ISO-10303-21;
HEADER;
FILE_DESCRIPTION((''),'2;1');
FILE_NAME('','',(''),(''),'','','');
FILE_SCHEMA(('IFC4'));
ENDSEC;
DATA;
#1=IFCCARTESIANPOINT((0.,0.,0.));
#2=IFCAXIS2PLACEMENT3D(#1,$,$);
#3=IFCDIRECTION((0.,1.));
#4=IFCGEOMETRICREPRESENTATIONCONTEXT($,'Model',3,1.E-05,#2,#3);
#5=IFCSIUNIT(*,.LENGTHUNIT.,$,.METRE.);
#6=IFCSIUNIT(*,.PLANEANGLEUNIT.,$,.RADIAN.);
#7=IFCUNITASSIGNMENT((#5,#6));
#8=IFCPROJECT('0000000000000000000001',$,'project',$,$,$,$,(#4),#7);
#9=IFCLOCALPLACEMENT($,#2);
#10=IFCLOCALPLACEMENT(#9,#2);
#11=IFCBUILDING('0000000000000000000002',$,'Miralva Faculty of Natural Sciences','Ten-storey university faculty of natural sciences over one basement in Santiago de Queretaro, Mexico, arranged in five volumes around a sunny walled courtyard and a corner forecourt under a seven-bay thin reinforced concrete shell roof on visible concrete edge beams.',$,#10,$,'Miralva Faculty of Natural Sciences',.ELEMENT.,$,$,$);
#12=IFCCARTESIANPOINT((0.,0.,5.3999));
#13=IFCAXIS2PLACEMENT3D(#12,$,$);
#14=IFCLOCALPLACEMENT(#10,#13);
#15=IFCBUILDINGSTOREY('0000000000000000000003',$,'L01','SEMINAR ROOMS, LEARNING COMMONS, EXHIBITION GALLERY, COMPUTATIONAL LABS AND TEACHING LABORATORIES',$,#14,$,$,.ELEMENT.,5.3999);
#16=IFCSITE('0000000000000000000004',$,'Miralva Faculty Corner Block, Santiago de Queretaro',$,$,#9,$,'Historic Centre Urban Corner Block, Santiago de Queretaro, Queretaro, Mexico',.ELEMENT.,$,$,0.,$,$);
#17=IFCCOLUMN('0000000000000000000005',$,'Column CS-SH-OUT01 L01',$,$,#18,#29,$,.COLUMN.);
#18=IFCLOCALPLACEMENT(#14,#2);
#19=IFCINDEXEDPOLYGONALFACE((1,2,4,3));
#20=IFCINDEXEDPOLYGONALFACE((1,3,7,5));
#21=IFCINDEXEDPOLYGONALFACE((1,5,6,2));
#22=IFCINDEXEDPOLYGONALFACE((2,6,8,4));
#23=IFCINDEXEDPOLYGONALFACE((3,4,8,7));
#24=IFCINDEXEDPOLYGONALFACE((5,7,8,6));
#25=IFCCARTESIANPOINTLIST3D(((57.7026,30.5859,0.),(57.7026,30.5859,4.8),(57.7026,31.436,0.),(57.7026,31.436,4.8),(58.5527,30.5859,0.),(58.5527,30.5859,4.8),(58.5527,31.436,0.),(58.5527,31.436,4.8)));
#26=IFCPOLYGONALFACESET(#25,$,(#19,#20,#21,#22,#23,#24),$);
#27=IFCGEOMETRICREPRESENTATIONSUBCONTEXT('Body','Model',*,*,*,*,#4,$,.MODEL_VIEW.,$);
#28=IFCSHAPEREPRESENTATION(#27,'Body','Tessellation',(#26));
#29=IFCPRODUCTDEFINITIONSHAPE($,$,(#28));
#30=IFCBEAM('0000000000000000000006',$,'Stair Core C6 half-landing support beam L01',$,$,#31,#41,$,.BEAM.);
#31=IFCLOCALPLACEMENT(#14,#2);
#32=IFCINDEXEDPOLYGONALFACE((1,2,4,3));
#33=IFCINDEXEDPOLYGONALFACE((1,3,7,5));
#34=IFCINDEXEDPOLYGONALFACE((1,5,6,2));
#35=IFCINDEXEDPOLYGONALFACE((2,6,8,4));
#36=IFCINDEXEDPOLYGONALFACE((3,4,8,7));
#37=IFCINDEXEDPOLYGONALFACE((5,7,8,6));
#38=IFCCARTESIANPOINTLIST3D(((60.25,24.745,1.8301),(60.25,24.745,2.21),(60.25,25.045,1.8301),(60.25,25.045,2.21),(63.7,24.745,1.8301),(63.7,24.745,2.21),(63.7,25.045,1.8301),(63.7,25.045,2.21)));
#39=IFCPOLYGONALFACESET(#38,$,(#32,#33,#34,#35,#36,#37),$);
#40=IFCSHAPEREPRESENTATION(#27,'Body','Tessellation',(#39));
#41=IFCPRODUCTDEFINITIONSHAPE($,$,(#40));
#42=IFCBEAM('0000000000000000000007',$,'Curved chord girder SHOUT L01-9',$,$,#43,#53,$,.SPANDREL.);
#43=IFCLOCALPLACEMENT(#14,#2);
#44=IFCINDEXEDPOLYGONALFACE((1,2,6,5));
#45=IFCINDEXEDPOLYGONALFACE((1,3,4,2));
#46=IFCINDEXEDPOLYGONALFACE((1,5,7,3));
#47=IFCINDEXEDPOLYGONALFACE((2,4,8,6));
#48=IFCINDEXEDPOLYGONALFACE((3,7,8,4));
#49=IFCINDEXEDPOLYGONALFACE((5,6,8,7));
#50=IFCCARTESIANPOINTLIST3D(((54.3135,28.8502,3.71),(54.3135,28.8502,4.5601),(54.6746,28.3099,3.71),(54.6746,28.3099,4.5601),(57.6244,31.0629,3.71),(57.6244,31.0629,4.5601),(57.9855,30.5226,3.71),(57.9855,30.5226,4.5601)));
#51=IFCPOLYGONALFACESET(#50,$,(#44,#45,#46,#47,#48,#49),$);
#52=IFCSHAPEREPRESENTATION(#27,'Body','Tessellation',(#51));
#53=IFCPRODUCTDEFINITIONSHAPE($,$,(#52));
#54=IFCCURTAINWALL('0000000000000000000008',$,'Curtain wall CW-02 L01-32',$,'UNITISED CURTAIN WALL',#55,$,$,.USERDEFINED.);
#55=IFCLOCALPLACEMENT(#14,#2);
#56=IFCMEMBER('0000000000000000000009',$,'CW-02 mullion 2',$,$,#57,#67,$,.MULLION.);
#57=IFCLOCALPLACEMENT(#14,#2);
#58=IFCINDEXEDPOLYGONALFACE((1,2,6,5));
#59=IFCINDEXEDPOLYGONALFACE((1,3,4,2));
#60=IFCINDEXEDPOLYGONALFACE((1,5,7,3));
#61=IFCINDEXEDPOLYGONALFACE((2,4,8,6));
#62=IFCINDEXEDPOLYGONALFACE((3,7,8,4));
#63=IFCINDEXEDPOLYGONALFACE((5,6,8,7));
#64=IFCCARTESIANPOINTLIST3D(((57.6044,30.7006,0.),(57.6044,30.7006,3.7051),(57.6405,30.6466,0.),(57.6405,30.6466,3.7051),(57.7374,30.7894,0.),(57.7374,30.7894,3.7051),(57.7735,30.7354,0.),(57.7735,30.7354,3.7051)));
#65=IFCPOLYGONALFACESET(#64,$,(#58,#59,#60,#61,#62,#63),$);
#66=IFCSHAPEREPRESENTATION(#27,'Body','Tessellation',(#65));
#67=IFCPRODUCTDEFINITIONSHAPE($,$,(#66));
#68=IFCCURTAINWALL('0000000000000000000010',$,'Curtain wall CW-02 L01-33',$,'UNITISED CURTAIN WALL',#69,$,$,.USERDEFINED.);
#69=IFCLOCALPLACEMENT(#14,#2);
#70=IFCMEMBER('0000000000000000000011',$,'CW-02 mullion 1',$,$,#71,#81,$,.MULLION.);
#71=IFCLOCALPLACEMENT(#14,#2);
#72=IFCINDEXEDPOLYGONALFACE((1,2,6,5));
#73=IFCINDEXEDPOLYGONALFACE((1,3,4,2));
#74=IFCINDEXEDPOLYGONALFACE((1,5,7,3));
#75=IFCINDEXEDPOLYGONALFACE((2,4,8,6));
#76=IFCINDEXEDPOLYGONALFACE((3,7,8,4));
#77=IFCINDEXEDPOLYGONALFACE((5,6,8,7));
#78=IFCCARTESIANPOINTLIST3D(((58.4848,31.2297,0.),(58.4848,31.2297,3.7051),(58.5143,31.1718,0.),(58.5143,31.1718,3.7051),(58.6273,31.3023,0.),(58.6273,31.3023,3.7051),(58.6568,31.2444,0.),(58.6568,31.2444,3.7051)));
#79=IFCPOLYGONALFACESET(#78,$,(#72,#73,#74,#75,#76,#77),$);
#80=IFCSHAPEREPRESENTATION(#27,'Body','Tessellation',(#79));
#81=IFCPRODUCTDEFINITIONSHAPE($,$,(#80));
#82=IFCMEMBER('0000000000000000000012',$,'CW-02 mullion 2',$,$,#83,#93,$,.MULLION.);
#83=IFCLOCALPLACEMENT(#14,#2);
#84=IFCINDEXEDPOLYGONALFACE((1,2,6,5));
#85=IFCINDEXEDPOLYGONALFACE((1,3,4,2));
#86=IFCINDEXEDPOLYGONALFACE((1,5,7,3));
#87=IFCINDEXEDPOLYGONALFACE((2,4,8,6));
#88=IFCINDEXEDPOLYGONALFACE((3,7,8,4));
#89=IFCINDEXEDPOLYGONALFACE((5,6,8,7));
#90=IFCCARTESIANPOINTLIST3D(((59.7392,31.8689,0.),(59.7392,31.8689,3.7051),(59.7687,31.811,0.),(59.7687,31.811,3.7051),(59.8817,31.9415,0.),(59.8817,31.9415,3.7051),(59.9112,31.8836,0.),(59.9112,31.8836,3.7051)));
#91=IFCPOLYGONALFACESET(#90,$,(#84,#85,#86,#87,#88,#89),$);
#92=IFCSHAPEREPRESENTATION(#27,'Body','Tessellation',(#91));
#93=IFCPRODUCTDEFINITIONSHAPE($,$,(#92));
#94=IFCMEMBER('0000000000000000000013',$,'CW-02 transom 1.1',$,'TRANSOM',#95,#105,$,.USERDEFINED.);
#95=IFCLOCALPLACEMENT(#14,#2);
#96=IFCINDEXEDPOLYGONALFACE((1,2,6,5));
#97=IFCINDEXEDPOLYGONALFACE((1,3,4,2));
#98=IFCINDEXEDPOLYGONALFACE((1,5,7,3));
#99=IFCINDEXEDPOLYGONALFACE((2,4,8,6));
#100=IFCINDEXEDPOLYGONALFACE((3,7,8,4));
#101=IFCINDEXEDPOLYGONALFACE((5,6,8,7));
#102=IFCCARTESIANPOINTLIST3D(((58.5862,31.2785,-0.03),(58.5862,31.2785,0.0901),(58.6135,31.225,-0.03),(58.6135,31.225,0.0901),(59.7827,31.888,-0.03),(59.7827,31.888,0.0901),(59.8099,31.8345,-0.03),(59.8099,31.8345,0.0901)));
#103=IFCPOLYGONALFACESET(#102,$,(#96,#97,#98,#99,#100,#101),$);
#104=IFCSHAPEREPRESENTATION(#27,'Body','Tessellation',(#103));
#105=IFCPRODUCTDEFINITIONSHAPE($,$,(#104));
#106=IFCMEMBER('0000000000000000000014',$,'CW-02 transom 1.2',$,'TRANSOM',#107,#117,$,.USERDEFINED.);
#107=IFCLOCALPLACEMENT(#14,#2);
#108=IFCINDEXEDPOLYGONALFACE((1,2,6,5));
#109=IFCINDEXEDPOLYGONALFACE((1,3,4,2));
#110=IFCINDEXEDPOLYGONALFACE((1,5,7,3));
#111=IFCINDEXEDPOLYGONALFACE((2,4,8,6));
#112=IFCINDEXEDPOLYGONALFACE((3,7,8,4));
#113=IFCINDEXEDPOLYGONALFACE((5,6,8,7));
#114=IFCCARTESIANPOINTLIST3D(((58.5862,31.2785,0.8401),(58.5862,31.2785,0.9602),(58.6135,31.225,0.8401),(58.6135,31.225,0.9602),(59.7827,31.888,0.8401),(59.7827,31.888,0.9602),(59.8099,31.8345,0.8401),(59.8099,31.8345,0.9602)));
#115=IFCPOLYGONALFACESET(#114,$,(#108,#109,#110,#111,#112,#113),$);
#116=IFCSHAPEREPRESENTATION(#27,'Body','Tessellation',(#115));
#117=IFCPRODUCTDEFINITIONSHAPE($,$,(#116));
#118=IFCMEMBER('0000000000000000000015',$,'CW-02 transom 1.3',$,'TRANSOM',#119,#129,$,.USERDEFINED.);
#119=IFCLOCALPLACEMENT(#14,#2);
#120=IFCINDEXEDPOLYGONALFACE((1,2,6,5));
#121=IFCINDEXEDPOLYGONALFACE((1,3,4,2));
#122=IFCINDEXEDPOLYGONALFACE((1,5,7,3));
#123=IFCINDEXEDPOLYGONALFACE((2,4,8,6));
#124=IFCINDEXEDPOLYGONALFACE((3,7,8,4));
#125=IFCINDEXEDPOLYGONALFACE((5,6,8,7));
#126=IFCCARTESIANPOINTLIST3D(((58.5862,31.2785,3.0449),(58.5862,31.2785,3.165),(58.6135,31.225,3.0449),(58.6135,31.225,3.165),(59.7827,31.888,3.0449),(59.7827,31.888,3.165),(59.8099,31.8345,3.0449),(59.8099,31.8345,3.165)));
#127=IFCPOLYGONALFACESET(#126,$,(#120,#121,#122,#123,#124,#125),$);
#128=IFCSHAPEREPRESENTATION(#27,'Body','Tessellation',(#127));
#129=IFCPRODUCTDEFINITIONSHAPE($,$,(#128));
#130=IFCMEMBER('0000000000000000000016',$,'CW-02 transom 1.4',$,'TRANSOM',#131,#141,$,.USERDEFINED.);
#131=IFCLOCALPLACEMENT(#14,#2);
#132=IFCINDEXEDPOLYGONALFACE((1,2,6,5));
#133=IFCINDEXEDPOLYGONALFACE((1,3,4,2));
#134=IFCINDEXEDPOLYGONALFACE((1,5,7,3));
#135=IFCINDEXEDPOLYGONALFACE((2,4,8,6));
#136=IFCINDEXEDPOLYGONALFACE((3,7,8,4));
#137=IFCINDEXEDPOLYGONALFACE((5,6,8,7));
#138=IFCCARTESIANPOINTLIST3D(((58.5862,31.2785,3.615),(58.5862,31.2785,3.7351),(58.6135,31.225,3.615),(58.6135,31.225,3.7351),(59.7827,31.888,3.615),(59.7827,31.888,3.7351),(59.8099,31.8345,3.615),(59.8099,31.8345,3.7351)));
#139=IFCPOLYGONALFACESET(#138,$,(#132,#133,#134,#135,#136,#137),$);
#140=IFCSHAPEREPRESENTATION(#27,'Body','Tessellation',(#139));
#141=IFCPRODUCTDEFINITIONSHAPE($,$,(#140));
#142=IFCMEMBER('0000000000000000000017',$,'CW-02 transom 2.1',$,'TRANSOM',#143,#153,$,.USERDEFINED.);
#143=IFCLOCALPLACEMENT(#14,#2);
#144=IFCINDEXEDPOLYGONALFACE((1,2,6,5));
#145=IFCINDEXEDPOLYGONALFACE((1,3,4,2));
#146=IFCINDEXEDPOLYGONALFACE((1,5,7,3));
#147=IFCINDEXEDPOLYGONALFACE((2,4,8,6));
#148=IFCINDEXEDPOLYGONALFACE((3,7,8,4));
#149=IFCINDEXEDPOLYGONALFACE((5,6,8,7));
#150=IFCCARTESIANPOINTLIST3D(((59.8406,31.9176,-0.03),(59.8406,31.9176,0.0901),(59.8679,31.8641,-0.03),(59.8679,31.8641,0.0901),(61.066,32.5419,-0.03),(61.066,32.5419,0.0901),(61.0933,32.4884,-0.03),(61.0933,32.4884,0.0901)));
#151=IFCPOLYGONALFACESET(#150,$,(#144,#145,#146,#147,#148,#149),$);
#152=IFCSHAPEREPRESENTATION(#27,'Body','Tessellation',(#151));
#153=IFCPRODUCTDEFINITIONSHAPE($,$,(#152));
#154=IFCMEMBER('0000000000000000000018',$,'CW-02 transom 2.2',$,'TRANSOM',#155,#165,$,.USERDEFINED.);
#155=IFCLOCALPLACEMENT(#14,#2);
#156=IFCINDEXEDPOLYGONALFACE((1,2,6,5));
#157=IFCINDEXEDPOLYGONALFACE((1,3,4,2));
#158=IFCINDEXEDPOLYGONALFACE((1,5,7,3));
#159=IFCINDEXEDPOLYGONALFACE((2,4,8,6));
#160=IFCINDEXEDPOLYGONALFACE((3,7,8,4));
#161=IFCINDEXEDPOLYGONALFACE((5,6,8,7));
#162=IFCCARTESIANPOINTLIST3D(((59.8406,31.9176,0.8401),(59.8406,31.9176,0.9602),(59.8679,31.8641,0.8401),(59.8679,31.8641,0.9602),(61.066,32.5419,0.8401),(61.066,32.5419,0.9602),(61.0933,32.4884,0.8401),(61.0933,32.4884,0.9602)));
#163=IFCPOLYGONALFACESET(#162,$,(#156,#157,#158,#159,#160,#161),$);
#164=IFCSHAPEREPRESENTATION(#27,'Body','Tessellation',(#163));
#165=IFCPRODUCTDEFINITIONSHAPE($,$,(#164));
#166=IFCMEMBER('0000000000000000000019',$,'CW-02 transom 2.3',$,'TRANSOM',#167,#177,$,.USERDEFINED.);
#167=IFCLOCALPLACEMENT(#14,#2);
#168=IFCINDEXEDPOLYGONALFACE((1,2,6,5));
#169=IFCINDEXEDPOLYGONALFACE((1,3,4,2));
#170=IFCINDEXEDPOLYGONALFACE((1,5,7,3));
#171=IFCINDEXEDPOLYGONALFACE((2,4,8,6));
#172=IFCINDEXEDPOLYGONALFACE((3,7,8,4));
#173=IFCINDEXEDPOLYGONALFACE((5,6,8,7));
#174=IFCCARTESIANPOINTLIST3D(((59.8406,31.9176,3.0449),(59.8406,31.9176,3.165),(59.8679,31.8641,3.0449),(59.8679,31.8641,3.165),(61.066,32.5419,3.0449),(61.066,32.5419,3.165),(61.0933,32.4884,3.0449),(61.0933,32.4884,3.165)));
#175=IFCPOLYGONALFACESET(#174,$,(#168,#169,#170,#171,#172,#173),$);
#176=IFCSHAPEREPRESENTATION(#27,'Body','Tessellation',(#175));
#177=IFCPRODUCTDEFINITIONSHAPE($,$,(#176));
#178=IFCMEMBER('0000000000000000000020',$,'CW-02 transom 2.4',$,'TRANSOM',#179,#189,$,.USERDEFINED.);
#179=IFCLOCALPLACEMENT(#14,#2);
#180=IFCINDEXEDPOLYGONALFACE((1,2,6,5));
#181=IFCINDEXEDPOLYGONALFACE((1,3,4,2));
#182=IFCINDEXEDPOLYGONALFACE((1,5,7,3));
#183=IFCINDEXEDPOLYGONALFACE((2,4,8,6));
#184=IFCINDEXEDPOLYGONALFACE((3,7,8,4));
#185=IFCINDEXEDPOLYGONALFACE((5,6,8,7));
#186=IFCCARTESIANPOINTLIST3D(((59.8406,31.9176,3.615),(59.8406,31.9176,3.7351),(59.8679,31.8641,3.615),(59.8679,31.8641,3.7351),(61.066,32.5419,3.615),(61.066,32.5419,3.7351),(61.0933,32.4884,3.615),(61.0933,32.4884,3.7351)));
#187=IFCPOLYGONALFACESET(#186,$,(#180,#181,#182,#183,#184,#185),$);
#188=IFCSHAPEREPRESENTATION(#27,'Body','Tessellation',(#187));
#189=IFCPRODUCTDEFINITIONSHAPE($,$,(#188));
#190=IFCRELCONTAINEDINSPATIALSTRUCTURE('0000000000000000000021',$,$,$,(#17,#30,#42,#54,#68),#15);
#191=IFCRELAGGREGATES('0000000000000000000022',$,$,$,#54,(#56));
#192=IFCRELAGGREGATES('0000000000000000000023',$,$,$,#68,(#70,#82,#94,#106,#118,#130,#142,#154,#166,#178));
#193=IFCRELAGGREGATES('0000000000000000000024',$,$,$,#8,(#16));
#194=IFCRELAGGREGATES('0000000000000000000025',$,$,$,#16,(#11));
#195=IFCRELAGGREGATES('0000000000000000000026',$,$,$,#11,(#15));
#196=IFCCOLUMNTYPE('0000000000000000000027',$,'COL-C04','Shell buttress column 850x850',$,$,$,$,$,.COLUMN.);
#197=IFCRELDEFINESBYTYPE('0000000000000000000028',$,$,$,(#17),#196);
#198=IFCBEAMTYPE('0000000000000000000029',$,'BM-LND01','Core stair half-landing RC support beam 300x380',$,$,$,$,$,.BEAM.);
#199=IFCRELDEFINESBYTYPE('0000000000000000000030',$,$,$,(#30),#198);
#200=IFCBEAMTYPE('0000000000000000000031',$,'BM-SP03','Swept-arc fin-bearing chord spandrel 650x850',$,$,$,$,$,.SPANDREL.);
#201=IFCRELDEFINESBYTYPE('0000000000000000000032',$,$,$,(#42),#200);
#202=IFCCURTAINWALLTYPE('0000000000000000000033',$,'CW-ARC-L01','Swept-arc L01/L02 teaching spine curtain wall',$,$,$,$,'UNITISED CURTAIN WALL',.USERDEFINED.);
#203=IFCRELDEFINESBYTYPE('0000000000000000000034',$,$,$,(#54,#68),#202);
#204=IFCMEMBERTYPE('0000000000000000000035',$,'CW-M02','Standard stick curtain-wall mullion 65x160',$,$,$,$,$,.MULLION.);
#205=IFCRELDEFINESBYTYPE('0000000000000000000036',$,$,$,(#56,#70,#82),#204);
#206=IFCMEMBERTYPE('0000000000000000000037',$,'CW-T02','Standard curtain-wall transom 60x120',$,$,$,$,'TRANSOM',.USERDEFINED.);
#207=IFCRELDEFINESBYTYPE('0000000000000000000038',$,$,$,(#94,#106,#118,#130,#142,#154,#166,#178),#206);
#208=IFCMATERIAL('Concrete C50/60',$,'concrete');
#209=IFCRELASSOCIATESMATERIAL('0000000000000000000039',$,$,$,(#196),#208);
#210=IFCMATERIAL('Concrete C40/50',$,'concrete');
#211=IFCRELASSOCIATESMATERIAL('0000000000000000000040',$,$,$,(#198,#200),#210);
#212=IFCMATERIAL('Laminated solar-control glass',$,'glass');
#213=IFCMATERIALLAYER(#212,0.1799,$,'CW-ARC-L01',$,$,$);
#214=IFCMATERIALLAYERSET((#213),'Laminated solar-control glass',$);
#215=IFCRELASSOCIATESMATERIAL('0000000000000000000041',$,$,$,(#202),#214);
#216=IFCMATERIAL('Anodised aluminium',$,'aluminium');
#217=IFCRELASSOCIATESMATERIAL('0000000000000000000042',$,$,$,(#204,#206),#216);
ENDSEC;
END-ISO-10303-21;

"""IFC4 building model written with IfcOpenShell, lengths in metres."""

from ifc_helpers import new_model, si_unit, direction, frame, origin, origin_2d, place, context, subcontext, project, spatial, rectangle, extrude, material, layer, layer_set, material_profile, profile_set, type_object, element, aggregate, save


model = new_model("IFC4")

# Units and contexts
model_context = context("Model", 3, precision=1e-05, world=origin(), true_north=direction((0.0, 1.0)))
body_context = subcontext(model_context, "Body", "Model", "MODEL_VIEW")
ifc_project = project(units=[si_unit("LENGTHUNIT", "METRE"), si_unit("PLANEANGLEUNIT", "RADIAN")], contexts=[model_context])

# Site, building, storey
site_placement = place(None, origin())
site = spatial("IfcSite", under=ifc_project, at=site_placement, Name="Miralva Faculty Corner Block, Santiago de Queretaro", LongName="Historic Centre Urban Corner Block, Santiago de Queretaro, Queretaro, Mexico", CompositionType="ELEMENT", RefElevation=0.0)
building_placement = place(site_placement, origin())
building = spatial("IfcBuilding", under=site, at=building_placement, Name="Miralva Faculty of Natural Sciences", Description="Ten-storey university faculty of natural sciences over one basement in Santiago de Queretaro, Mexico, arranged in five volumes around a sunny walled courtyard and a corner forecourt under a seven-bay thin reinforced concrete shell roof on visible concrete edge beams.", LongName="Miralva Faculty of Natural Sciences", CompositionType="ELEMENT")
storey_placement = place(building_placement, frame((0.0, 0.0, 5.3999)))
storey = spatial("IfcBuildingStorey", under=building, at=storey_placement, Name="L01", Description="SEMINAR ROOMS, LEARNING COMMONS, EXHIBITION GALLERY, COMPUTATIONAL LABS AND TEACHING LABORATORIES", CompositionType="ELEMENT", Elevation=5.3999)

# Column
ifc_material_1 = material(Name="Concrete C50/60", Category="concrete")
ifc_material_profile_1 = material_profile(ifc_material_1, rectangle(XDim=0.8501, YDim=0.8501, at=origin_2d()), Name="RC 850x850")
ifc_profile_set_1 = profile_set([ifc_material_profile_1], Name="Concrete C50/60")
column_type = type_object("IfcColumnType", Name="COL-C04", Description="Shell buttress column 850x850", PredefinedType="COLUMN", material=ifc_profile_set_1)
column_placement = place(storey_placement, frame((58.1277, 31.011, 0.0), z_axis=(0.0, 0.0, 1.0), x_axis=(1.0, 0.0, 0.0)))
element("IfcColumn", 1, at=column_placement, inside=storey, type_object=column_type, Name="Column CS-SH-OUT01 L01", PredefinedType="COLUMN", context=body_context, shape_type="SweptSolid", body=[
    extrude(rectangle(XDim=0.8501, YDim=0.8501, at=origin_2d()), origin(), (0.0, 0.0, 1.0), 4.8),
])

# Beams
ifc_material_2 = material(Name="Concrete C40/50", Category="concrete")
ifc_material_profile_2 = material_profile(ifc_material_2, rectangle(XDim=0.3, YDim=0.3799, at=origin_2d()), Name="RC 300x380")
ifc_profile_set_2 = profile_set([ifc_material_profile_2], Name="Concrete C40/50")
beam_type_1 = type_object("IfcBeamType", Name="BM-LND01", Description="Core stair half-landing RC support beam 300x380", PredefinedType="BEAM", material=ifc_profile_set_2)
beam_1_placement = place(storey_placement, frame((60.25, 24.895, 2.02), z_axis=(1.0, 0.0, 0.0), x_axis=(0.0, 1.0, 0.0)))
element("IfcBeam", 2, at=beam_1_placement, inside=storey, type_object=beam_type_1, Name="Stair Core C6 half-landing support beam L01", PredefinedType="BEAM", context=body_context, shape_type="SweptSolid", body=[
    extrude(rectangle(XDim=0.3, YDim=0.3799, at=origin_2d()), origin(), (0.0, 0.0, 1.0), 3.45),
])
ifc_material_profile_3 = material_profile(ifc_material_2, rectangle(XDim=0.6499, YDim=0.8501, at=origin_2d()), Name="RC 650x850")
ifc_profile_set_3 = profile_set([ifc_material_profile_3], Name="Concrete C40/50")
beam_type_2 = type_object("IfcBeamType", Name="BM-SP03", Description="Swept-arc fin-bearing chord spandrel 650x850", PredefinedType="SPANDREL", material=ifc_profile_set_3)
beam_2_placement = place(storey_placement, frame((57.8049, 30.7927, 4.135), z_axis=(-0.831418, -0.555648, 0.0), x_axis=(0.555648, -0.831418, 0.0)))
element("IfcBeam", 3, at=beam_2_placement, inside=storey, type_object=beam_type_2, Name="Curved chord girder SHOUT L01-9", PredefinedType="SPANDREL", context=body_context, shape_type="SweptSolid", body=[
    extrude(rectangle(XDim=0.6499, YDim=0.8501, at=origin_2d()), origin(), (0.0, 0.0, 1.0), 3.9822),
])

# Curtain wall, member
ifc_material_3 = material(Name="Laminated solar-control glass", Category="glass")
ifc_layer_1 = layer(ifc_material_3, 0.1799, Name="CW-ARC-L01")
ifc_layer_set_1 = layer_set([ifc_layer_1], Name="Laminated solar-control glass")
curtain_wall_type = type_object("IfcCurtainWallType", Name="CW-ARC-L01", Description="Swept-arc L01/L02 teaching spine curtain wall", ElementType="UNITISED CURTAIN WALL", PredefinedType="USERDEFINED", material=ifc_layer_set_1)
curtain_wall_1_placement = place(storey_placement, origin())
curtain_wall_1 = element("IfcCurtainWall", 4, at=curtain_wall_1_placement, inside=storey, type_object=curtain_wall_type, Name="Curtain wall CW-02 L01-32", ObjectType="UNITISED CURTAIN WALL", PredefinedType="USERDEFINED")
ifc_material_4 = material(Name="Anodised aluminium", Category="aluminium")
ifc_material_profile_4 = material_profile(ifc_material_4, rectangle(XDim=0.0649, YDim=0.1599, at=origin_2d()), Name="MULLION 65x160")
ifc_profile_set_4 = profile_set([ifc_material_profile_4], Name="Anodised aluminium")
member_type_1 = type_object("IfcMemberType", Name="CW-M02", Description="Standard stick curtain-wall mullion 65x160", PredefinedType="MULLION", material=ifc_profile_set_4)
member_1_placement = place(storey_placement, frame((57.689, 30.718, 0.0), z_axis=(0.0, 0.0, 1.0), x_axis=(-0.55556, 0.831476, 0.0)))
member_1 = element("IfcMember", 5, at=member_1_placement, type_object=member_type_1, Name="CW-02 mullion 2", PredefinedType="MULLION", context=body_context, shape_type="SweptSolid", body=[
    extrude(rectangle(XDim=0.0649, YDim=0.1599, at=origin_2d()), origin(), (0.0, 0.0, 1.0), 3.7051),
])

# Curtain wall, members
curtain_wall_2_placement = place(storey_placement, origin())
curtain_wall_2 = element("IfcCurtainWall", 6, at=curtain_wall_2_placement, inside=storey, type_object=curtain_wall_type, Name="Curtain wall CW-02 L01-33", ObjectType="UNITISED CURTAIN WALL", PredefinedType="USERDEFINED")
member_2_placement = place(storey_placement, frame((58.5708, 31.2371, 0.0), z_axis=(0.0, 0.0, 1.0), x_axis=(-0.453995, 0.891004, 0.0)))
member_2 = element("IfcMember", 7, at=member_2_placement, type_object=member_type_1, Name="CW-02 mullion 1", PredefinedType="MULLION", context=body_context, shape_type="SweptSolid", body=[
    extrude(rectangle(XDim=0.0649, YDim=0.1599, at=origin_2d()), origin(), (0.0, 0.0, 1.0), 3.7051),
])
member_3_placement = place(storey_placement, frame((59.8252, 31.8762, 0.0), z_axis=(0.0, 0.0, 1.0), x_axis=(-0.453995, 0.891004, 0.0)))
member_3 = element("IfcMember", 8, at=member_3_placement, type_object=member_type_1, Name="CW-02 mullion 2", PredefinedType="MULLION", context=body_context, shape_type="SweptSolid", body=[
    extrude(rectangle(XDim=0.0649, YDim=0.1599, at=origin_2d()), origin(), (0.0, 0.0, 1.0), 3.7051),
])
ifc_material_profile_5 = material_profile(ifc_material_4, rectangle(XDim=0.0601, YDim=0.1201, at=origin_2d()), Name="TRANSOM 60x120")
ifc_profile_set_5 = profile_set([ifc_material_profile_5], Name="Anodised aluminium")
member_type_2 = type_object("IfcMemberType", Name="CW-T02", Description="Standard curtain-wall transom 60x120", ElementType="TRANSOM", PredefinedType="USERDEFINED", material=ifc_profile_set_5)
member_4_placement = place(storey_placement, frame((58.5999, 31.2517, 0.03), z_axis=(0.89102, 0.453964, 0.0), x_axis=(-0.453964, 0.89102, 0.0)))
member_4 = element("IfcMember", 9, at=member_4_placement, type_object=member_type_2, Name="CW-02 transom 1.1", ObjectType="TRANSOM", PredefinedType="USERDEFINED", context=body_context, shape_type="SweptSolid", body=[
    extrude(rectangle(XDim=0.0601, YDim=0.1201, at=origin_2d()), origin(), (0.0, 0.0, 1.0), 1.3428),
])
member_5_placement = place(storey_placement, frame((58.5999, 31.2517, 0.9001), z_axis=(0.89102, 0.453964, 0.0), x_axis=(-0.453964, 0.89102, 0.0)))
member_5 = element("IfcMember", 10, at=member_5_placement, type_object=member_type_2, Name="CW-02 transom 1.2", ObjectType="TRANSOM", PredefinedType="USERDEFINED", context=body_context, shape_type="SweptSolid", body=[
    extrude(rectangle(XDim=0.0601, YDim=0.1201, at=origin_2d()), origin(), (0.0, 0.0, 1.0), 1.3428),
])
member_6_placement = place(storey_placement, frame((58.5999, 31.2517, 3.105), z_axis=(0.89102, 0.453964, 0.0), x_axis=(-0.453964, 0.89102, 0.0)))
member_6 = element("IfcMember", 11, at=member_6_placement, type_object=member_type_2, Name="CW-02 transom 1.3", ObjectType="TRANSOM", PredefinedType="USERDEFINED", context=body_context, shape_type="SweptSolid", body=[
    extrude(rectangle(XDim=0.0601, YDim=0.1201, at=origin_2d()), origin(), (0.0, 0.0, 1.0), 1.3428),
])
member_7_placement = place(storey_placement, frame((58.5999, 31.2517, 3.675), z_axis=(0.89102, 0.453964, 0.0), x_axis=(-0.453964, 0.89102, 0.0)))
member_7 = element("IfcMember", 12, at=member_7_placement, type_object=member_type_2, Name="CW-02 transom 1.4", ObjectType="TRANSOM", PredefinedType="USERDEFINED", context=body_context, shape_type="SweptSolid", body=[
    extrude(rectangle(XDim=0.0601, YDim=0.1201, at=origin_2d()), origin(), (0.0, 0.0, 1.0), 1.3428),
])
member_8_placement = place(storey_placement, frame((59.8542, 31.8909, 0.03), z_axis=(0.891029, 0.453947, 0.0), x_axis=(-0.453947, 0.891029, 0.0)))
member_8 = element("IfcMember", 13, at=member_8_placement, type_object=member_type_2, Name="CW-02 transom 2.1", ObjectType="TRANSOM", PredefinedType="USERDEFINED", context=body_context, shape_type="SweptSolid", body=[
    extrude(rectangle(XDim=0.0601, YDim=0.1201, at=origin_2d()), origin(), (0.0, 0.0, 1.0), 1.3752),
])
member_9_placement = place(storey_placement, frame((59.8542, 31.8909, 0.9001), z_axis=(0.891029, 0.453947, 0.0), x_axis=(-0.453947, 0.891029, 0.0)))
member_9 = element("IfcMember", 14, at=member_9_placement, type_object=member_type_2, Name="CW-02 transom 2.2", ObjectType="TRANSOM", PredefinedType="USERDEFINED", context=body_context, shape_type="SweptSolid", body=[
    extrude(rectangle(XDim=0.0601, YDim=0.1201, at=origin_2d()), origin(), (0.0, 0.0, 1.0), 1.3752),
])
member_10_placement = place(storey_placement, frame((59.8542, 31.8909, 3.105), z_axis=(0.891029, 0.453947, 0.0), x_axis=(-0.453947, 0.891029, 0.0)))
member_10 = element("IfcMember", 15, at=member_10_placement, type_object=member_type_2, Name="CW-02 transom 2.3", ObjectType="TRANSOM", PredefinedType="USERDEFINED", context=body_context, shape_type="SweptSolid", body=[
    extrude(rectangle(XDim=0.0601, YDim=0.1201, at=origin_2d()), origin(), (0.0, 0.0, 1.0), 1.3752),
])
member_11_placement = place(storey_placement, frame((59.8542, 31.8909, 3.675), z_axis=(0.891029, 0.453947, 0.0), x_axis=(-0.453947, 0.891029, 0.0)))
member_11 = element("IfcMember", 16, at=member_11_placement, type_object=member_type_2, Name="CW-02 transom 2.4", ObjectType="TRANSOM", PredefinedType="USERDEFINED", context=body_context, shape_type="SweptSolid", body=[
    extrude(rectangle(XDim=0.0601, YDim=0.1201, at=origin_2d()), origin(), (0.0, 0.0, 1.0), 1.3752),
])

aggregate(curtain_wall_1, [member_1])
aggregate(curtain_wall_2, [member_2, member_3, member_4, member_5, member_6, member_7, member_8, member_9, member_10, member_11])

save(model, "model.ifc")
